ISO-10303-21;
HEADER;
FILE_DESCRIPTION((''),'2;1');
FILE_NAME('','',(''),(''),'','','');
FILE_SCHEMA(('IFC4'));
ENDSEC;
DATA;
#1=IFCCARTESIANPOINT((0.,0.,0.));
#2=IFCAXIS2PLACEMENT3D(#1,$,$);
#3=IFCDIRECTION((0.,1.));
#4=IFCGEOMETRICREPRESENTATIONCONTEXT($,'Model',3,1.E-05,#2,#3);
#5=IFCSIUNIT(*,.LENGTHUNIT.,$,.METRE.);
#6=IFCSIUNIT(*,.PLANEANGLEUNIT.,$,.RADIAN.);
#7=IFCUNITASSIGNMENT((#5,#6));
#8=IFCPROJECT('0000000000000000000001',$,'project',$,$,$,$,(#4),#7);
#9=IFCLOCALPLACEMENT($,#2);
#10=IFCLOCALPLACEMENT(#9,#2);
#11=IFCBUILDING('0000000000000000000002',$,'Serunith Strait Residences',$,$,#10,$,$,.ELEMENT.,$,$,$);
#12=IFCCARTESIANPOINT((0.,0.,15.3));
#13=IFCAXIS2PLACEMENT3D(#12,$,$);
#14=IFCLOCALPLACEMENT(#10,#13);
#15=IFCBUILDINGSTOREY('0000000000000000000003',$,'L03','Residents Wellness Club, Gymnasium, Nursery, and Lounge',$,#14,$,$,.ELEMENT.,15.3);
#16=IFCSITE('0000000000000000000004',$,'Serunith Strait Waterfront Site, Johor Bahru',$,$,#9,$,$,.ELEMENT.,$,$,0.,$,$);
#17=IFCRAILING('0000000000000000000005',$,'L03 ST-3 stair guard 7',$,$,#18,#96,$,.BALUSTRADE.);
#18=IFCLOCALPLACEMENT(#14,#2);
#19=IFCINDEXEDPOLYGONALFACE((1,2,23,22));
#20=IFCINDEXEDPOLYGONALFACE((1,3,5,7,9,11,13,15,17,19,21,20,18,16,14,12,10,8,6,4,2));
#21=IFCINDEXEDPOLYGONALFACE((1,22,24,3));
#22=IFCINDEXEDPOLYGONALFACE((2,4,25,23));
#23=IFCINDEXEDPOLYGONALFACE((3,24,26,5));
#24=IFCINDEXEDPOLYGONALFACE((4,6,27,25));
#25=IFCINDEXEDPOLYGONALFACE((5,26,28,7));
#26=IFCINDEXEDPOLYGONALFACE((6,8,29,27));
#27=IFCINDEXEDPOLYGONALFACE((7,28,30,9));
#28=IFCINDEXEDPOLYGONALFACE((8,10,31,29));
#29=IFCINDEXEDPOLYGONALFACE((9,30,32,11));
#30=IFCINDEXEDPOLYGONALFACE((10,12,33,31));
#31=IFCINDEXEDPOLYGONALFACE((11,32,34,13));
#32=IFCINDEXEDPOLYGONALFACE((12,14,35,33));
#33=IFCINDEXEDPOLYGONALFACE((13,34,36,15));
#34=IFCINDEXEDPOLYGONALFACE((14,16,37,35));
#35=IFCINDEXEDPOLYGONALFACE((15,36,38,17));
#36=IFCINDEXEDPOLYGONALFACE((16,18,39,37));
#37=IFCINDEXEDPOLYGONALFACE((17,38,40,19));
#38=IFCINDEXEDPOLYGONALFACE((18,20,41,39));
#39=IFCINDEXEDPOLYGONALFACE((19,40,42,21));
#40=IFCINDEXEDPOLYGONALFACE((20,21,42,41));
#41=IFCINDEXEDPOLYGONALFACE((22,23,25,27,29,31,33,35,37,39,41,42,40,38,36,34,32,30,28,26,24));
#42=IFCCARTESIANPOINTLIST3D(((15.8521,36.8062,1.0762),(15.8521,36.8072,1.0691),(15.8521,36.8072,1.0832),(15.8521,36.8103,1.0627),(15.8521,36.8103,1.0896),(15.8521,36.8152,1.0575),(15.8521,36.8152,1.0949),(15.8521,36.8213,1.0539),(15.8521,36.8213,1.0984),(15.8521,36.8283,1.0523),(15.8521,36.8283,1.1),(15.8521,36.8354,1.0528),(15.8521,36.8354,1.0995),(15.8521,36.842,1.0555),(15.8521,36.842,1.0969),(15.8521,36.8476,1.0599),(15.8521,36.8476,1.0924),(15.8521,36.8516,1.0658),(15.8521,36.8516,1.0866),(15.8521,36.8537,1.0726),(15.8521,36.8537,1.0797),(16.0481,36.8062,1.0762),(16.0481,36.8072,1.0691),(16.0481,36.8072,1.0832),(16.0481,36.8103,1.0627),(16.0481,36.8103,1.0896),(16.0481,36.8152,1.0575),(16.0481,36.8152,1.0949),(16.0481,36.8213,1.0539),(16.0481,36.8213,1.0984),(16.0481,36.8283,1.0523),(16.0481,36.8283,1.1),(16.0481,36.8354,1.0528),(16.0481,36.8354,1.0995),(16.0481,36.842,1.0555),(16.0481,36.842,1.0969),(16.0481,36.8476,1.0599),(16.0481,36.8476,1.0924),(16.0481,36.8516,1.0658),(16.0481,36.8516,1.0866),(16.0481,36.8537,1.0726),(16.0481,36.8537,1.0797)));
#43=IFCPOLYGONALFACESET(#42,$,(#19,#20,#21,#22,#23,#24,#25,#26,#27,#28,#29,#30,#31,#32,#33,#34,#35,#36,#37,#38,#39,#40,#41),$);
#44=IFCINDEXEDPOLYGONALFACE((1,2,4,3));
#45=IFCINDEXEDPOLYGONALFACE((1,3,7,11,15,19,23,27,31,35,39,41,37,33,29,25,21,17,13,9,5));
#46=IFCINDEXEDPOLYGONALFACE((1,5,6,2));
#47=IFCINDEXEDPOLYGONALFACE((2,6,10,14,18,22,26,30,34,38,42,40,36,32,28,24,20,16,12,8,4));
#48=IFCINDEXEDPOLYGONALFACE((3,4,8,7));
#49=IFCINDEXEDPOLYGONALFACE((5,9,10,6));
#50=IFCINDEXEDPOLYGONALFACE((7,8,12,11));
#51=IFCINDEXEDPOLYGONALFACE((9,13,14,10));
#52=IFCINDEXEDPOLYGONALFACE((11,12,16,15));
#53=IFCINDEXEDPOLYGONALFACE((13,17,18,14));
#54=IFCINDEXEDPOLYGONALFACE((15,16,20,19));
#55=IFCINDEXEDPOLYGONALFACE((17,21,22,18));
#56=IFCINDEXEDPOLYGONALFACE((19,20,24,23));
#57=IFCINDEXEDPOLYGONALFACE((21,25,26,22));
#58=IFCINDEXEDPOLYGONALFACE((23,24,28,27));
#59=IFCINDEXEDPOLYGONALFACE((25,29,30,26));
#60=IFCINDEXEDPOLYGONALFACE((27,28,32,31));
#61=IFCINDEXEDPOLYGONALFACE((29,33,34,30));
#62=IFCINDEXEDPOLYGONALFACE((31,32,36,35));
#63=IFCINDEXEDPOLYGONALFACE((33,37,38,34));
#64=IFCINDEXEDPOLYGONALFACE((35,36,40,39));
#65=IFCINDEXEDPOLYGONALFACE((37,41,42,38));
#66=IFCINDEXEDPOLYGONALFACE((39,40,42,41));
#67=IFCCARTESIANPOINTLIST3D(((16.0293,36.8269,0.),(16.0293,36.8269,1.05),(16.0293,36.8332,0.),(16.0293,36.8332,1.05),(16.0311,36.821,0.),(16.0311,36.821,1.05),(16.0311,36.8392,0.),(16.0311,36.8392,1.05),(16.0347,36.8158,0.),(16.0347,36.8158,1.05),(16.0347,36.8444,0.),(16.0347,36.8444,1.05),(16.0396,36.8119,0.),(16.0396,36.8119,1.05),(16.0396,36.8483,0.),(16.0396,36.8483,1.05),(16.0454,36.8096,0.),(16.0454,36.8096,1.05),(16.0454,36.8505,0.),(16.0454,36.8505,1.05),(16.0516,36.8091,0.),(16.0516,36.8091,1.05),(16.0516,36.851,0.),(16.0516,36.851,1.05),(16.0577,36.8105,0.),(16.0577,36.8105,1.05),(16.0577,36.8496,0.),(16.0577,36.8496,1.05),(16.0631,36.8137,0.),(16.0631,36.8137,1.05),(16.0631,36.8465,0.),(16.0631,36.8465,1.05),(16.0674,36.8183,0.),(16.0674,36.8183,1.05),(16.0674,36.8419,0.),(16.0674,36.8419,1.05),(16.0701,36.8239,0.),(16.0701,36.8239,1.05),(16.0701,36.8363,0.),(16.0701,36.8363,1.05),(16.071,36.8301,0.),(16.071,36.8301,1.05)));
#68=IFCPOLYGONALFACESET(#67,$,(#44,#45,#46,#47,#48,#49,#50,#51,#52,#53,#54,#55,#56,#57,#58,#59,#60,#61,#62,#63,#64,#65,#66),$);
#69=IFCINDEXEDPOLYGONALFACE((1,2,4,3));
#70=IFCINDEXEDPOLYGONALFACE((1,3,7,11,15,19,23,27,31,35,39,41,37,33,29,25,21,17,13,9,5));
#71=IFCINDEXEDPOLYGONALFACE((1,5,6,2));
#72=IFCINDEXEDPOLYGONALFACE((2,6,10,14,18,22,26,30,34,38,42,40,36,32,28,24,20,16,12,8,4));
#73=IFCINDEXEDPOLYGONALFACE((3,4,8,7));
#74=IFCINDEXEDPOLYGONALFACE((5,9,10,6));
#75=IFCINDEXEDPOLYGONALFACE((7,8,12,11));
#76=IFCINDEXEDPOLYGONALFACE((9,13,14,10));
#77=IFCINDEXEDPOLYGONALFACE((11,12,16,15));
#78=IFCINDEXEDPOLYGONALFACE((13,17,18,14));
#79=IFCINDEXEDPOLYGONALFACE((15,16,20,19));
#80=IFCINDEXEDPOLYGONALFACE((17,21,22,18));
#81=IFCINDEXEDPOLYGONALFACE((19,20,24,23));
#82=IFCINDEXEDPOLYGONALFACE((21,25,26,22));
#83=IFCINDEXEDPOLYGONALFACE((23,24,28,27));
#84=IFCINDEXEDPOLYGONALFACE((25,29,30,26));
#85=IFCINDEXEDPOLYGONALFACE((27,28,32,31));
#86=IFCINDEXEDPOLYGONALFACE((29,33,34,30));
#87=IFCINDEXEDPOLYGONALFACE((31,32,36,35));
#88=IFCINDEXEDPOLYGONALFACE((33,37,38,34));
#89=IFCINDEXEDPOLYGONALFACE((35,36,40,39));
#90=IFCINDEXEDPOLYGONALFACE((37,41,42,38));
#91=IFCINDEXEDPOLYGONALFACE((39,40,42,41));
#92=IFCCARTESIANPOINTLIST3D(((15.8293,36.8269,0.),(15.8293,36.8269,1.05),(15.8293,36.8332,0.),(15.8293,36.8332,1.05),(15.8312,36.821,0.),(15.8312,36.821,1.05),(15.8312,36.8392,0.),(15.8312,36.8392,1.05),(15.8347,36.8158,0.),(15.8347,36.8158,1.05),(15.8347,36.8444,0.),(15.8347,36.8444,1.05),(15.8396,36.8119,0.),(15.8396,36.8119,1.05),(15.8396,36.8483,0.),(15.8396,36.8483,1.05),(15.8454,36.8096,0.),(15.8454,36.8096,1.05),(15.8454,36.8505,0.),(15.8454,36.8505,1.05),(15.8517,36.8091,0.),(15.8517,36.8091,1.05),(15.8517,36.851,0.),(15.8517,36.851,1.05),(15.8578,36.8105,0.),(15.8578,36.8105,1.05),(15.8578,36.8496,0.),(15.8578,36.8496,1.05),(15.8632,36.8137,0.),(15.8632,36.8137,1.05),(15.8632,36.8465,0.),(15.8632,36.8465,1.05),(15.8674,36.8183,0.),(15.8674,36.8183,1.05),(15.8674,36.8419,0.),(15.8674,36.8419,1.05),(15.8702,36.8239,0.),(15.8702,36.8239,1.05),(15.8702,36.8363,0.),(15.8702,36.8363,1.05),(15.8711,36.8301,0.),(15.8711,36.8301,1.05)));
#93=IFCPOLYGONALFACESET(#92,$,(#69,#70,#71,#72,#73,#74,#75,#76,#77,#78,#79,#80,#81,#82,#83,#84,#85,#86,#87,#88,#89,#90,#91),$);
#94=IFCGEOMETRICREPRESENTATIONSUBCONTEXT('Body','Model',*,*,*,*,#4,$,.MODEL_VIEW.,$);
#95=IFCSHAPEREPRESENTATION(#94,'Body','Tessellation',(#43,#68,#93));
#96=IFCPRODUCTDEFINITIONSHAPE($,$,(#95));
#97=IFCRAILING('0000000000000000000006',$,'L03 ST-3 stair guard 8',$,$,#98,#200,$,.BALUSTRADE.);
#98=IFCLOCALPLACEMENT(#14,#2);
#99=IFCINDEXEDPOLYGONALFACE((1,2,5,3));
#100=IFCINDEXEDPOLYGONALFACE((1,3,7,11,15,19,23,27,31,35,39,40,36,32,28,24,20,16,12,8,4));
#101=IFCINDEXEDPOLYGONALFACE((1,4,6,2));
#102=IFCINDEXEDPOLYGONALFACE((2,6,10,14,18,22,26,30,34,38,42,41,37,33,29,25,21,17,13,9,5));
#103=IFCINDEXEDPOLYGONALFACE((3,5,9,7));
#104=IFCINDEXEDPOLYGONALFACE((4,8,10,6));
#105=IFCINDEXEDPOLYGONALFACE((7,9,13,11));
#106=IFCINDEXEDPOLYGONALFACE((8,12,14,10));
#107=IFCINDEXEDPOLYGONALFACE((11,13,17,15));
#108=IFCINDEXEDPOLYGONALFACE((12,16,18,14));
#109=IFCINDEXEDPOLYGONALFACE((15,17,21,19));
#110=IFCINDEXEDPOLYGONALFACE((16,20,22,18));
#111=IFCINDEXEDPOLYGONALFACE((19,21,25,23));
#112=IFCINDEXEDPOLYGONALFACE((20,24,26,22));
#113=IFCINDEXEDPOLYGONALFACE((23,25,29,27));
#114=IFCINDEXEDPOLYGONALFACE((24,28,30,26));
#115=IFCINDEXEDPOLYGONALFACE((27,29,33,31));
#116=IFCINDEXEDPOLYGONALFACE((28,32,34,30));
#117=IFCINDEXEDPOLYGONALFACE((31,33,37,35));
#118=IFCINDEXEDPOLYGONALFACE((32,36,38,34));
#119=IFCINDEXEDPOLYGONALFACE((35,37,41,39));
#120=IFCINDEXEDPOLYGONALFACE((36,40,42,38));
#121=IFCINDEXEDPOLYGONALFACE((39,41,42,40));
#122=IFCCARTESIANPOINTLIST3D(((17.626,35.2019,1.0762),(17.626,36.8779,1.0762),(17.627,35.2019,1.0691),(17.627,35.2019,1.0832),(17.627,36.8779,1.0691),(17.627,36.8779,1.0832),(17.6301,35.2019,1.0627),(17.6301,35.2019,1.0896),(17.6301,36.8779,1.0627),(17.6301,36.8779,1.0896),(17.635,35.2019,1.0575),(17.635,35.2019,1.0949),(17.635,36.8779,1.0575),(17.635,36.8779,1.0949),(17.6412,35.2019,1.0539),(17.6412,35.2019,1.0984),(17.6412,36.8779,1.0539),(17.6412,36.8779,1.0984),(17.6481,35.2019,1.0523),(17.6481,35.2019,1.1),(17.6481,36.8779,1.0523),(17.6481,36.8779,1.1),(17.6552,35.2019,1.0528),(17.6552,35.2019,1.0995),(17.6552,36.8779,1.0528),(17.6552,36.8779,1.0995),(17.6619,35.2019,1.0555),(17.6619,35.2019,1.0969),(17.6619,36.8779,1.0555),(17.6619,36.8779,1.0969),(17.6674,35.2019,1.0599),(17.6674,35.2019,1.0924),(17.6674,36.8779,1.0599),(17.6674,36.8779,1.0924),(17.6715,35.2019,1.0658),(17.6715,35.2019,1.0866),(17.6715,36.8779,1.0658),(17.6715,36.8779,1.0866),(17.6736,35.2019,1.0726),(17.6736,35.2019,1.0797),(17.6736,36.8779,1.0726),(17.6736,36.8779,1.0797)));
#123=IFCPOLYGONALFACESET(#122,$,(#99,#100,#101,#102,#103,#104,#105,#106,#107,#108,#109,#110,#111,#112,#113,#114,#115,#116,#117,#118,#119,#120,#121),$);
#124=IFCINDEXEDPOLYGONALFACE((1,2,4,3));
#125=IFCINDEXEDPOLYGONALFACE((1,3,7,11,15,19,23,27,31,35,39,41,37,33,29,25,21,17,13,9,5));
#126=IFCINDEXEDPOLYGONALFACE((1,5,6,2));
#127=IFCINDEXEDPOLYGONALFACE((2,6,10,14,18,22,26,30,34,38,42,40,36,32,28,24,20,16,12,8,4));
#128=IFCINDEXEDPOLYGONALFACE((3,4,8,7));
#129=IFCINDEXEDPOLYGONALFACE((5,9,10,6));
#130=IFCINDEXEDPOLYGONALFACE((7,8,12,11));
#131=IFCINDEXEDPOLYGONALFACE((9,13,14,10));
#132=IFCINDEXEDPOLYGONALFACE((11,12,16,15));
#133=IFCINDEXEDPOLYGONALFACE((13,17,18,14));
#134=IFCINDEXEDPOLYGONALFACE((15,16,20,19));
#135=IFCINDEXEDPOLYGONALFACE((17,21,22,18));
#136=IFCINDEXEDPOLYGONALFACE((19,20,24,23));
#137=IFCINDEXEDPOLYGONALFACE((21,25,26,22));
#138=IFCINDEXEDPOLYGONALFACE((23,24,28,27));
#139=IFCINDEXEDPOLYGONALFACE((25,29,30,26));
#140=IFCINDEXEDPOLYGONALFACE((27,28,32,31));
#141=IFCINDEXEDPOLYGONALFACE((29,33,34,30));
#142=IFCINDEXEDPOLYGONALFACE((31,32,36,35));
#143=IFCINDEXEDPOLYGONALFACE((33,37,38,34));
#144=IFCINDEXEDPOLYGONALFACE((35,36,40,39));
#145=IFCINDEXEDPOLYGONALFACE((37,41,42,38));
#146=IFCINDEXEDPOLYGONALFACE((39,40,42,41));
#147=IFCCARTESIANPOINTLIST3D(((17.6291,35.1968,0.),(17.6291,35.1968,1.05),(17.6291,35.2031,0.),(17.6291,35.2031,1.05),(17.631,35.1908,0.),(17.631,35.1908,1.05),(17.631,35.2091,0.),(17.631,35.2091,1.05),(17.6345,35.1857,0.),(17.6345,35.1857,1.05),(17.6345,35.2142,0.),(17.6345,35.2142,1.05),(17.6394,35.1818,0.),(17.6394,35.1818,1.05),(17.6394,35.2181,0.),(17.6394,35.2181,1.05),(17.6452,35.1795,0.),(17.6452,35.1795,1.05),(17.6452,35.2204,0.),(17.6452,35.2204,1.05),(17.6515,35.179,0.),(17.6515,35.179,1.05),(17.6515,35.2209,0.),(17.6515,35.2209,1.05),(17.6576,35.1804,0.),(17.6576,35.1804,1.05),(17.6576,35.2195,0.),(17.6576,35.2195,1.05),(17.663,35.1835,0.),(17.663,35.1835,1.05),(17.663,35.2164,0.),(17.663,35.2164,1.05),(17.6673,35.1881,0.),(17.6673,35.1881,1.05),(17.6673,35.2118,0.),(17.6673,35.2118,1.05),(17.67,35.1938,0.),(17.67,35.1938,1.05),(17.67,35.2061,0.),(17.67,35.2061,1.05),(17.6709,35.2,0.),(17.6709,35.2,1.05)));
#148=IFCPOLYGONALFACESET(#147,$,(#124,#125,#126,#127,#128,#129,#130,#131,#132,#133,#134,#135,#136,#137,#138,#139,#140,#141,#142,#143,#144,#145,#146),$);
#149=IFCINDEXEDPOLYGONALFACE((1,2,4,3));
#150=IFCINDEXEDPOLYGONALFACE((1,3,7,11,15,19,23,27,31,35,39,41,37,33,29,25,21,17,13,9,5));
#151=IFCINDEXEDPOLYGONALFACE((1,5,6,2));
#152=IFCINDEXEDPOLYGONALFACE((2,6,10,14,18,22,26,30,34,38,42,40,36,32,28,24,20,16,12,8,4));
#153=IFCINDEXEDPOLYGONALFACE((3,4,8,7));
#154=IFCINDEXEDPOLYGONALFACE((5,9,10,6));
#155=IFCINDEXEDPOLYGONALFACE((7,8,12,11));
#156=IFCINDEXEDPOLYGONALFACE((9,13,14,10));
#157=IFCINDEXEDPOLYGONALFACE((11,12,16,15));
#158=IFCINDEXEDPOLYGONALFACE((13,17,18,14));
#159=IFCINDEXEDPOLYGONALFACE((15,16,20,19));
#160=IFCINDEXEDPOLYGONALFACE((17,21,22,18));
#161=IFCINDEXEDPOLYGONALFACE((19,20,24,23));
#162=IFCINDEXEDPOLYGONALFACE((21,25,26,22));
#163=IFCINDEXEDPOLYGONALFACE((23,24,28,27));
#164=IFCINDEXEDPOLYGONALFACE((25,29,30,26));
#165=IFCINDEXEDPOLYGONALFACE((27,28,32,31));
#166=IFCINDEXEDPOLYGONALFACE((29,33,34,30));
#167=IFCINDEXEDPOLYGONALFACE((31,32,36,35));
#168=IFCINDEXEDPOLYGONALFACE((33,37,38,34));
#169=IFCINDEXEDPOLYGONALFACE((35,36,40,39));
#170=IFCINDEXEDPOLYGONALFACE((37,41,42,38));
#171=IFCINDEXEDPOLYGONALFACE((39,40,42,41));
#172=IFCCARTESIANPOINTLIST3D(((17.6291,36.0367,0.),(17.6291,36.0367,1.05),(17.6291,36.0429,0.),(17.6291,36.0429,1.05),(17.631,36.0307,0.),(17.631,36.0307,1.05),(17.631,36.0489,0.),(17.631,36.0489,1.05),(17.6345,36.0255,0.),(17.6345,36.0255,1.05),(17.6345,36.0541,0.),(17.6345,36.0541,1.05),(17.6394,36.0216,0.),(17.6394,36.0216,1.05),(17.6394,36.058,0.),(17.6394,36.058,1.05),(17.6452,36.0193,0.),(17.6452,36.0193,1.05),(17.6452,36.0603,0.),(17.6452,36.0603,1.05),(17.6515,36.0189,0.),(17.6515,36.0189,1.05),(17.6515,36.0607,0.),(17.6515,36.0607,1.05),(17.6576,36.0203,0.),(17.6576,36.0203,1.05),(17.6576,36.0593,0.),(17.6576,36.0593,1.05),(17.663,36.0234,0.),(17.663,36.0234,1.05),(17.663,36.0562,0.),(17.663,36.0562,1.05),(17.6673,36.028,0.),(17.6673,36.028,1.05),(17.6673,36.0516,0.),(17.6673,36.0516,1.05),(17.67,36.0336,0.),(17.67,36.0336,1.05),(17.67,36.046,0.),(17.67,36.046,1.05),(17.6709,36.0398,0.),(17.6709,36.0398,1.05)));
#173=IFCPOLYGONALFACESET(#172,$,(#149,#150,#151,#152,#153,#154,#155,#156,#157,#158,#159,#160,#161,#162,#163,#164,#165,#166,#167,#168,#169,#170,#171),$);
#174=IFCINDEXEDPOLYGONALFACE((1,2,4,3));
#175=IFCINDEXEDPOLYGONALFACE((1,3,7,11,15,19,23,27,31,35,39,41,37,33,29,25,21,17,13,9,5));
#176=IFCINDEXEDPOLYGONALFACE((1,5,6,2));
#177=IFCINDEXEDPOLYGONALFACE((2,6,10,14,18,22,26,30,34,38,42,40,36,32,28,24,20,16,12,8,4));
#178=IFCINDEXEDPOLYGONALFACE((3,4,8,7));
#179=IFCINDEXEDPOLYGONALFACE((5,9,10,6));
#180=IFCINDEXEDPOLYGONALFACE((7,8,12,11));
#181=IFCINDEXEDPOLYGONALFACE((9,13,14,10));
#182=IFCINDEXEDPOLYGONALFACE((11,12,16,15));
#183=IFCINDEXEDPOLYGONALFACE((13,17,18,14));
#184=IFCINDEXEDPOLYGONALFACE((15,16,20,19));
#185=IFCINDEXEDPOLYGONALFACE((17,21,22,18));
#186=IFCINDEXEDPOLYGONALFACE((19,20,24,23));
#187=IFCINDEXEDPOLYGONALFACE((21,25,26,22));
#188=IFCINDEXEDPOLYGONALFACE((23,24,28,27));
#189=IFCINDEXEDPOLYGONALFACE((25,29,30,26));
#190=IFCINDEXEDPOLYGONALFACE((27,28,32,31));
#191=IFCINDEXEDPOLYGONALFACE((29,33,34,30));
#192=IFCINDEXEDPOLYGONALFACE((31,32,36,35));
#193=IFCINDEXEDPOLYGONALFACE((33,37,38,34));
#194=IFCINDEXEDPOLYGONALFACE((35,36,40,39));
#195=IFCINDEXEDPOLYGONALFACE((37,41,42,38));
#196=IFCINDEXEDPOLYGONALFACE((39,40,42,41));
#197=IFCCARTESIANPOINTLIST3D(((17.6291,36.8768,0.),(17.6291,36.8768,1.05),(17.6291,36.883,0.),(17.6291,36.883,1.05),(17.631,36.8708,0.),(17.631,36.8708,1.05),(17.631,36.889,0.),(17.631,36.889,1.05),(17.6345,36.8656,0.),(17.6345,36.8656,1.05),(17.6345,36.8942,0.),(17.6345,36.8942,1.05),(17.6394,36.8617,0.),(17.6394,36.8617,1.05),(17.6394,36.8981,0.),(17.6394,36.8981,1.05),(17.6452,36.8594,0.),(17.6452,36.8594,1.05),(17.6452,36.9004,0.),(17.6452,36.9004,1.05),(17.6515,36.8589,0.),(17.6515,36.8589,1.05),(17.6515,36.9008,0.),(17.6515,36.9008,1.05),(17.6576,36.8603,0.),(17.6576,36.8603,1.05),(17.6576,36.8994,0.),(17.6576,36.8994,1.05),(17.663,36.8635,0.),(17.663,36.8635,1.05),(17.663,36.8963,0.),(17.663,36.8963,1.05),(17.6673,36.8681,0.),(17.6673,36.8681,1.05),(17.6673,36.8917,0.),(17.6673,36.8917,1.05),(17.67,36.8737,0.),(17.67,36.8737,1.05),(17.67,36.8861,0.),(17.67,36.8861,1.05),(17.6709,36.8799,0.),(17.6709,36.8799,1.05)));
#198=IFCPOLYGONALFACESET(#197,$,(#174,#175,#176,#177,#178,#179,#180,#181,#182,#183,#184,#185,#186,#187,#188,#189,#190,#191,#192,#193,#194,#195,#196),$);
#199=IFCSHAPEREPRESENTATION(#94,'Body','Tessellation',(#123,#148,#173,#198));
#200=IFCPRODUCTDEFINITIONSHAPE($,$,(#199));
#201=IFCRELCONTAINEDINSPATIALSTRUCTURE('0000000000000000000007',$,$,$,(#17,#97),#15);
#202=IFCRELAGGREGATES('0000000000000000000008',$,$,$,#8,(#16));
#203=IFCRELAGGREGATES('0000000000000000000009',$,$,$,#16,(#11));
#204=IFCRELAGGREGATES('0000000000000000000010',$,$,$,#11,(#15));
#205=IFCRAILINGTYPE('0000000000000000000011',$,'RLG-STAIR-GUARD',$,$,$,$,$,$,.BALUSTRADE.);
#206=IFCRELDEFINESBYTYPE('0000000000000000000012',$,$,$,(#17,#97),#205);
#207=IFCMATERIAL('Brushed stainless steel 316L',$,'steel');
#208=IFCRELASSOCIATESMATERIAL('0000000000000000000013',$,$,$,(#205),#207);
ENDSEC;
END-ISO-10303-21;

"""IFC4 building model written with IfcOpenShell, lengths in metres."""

from ifc_helpers import new_model, si_unit, direction, frame, origin, origin_2d, place, context, subcontext, project, spatial, circle, extrude, material, type_object, element, save


model = new_model("IFC4")

# Units and contexts
model_context = context("Model", 3, precision=1e-05, world=origin(), true_north=direction((0.0, 1.0)))
body_context = subcontext(model_context, "Body", "Model", "MODEL_VIEW")
ifc_project = project(units=[si_unit("LENGTHUNIT", "METRE"), si_unit("PLANEANGLEUNIT", "RADIAN")], contexts=[model_context])

# Site, building, storey
site_placement = place(None, origin())
site = spatial("IfcSite", under=ifc_project, at=site_placement, Name="Serunith Strait Waterfront Site, Johor Bahru", CompositionType="ELEMENT", RefElevation=0.0)
building_placement = place(site_placement, origin())
building = spatial("IfcBuilding", under=site, at=building_placement, Name="Serunith Strait Residences", CompositionType="ELEMENT")
storey_placement = place(building_placement, frame((0.0, 0.0, 15.3)))
storey = spatial("IfcBuildingStorey", under=building, at=storey_placement, Name="L03", Description="Residents Wellness Club, Gymnasium, Nursery, and Lounge", CompositionType="ELEMENT", Elevation=15.3)

# Railings
ifc_material_1 = material(Name="Brushed stainless steel 316L", Category="steel")
railing_type_1 = type_object("IfcRailingType", Name="RLG-STAIR-GUARD", PredefinedType="BALUSTRADE", material=ifc_material_1)
railing_1_placement = place(storey_placement, frame((16.05, 36.8301, 0.0)))
element("IfcRailing", 1, at=railing_1_placement, inside=storey, type_object=railing_type_1, Name="L03 ST-3 stair guard 7", PredefinedType="BALUSTRADE", context=body_context, shape_type="SweptSolid", body=[
    extrude(circle(Radius=0.0239, at=origin_2d()), frame((-0.002, 0.0, 1.0762), z_axis=(-1.0, 0.0, 0.0), x_axis=(0.0, -1.0, 0.0)), (0.0, 0.0, 1.0), 0.196),
    extrude(circle(Radius=0.021, at=origin_2d()), origin(), (0.0, 0.0, 1.0), 1.05),
    extrude(circle(Radius=0.021, at=origin_2d()), frame((-0.2, 0.0, 0.0)), (0.0, 0.0, 1.0), 1.05),
])
for number, where, name in (
    (2, (17.6499, 35.2, 0.0), "L03 ST-3 stair guard 8"),
):
    element("IfcRailing", number, at=place(storey_placement, frame(where)), inside=storey, type_object=railing_type_1, Name=name, PredefinedType="BALUSTRADE", context=body_context, shape_type="SweptSolid", body=[
        extrude(circle(Radius=0.0239, at=origin_2d()), frame((0.0, 0.002, 1.0762), z_axis=(0.0, 1.0, 0.0), x_axis=(-1.0, 0.0, 0.0)), (0.0, 0.0, 1.0), 1.676),
        extrude(circle(Radius=0.021, at=origin_2d()), origin(), (0.0, 0.0, 1.0), 1.05),
        extrude(circle(Radius=0.021, at=origin_2d()), frame((0.0, 0.8398, 0.0)), (0.0, 0.0, 1.0), 1.05),
        extrude(circle(Radius=0.021, at=origin_2d()), frame((0.0, 1.6799, 0.0)), (0.0, 0.0, 1.0), 1.05),
    ])

save(model, "model.ifc")
